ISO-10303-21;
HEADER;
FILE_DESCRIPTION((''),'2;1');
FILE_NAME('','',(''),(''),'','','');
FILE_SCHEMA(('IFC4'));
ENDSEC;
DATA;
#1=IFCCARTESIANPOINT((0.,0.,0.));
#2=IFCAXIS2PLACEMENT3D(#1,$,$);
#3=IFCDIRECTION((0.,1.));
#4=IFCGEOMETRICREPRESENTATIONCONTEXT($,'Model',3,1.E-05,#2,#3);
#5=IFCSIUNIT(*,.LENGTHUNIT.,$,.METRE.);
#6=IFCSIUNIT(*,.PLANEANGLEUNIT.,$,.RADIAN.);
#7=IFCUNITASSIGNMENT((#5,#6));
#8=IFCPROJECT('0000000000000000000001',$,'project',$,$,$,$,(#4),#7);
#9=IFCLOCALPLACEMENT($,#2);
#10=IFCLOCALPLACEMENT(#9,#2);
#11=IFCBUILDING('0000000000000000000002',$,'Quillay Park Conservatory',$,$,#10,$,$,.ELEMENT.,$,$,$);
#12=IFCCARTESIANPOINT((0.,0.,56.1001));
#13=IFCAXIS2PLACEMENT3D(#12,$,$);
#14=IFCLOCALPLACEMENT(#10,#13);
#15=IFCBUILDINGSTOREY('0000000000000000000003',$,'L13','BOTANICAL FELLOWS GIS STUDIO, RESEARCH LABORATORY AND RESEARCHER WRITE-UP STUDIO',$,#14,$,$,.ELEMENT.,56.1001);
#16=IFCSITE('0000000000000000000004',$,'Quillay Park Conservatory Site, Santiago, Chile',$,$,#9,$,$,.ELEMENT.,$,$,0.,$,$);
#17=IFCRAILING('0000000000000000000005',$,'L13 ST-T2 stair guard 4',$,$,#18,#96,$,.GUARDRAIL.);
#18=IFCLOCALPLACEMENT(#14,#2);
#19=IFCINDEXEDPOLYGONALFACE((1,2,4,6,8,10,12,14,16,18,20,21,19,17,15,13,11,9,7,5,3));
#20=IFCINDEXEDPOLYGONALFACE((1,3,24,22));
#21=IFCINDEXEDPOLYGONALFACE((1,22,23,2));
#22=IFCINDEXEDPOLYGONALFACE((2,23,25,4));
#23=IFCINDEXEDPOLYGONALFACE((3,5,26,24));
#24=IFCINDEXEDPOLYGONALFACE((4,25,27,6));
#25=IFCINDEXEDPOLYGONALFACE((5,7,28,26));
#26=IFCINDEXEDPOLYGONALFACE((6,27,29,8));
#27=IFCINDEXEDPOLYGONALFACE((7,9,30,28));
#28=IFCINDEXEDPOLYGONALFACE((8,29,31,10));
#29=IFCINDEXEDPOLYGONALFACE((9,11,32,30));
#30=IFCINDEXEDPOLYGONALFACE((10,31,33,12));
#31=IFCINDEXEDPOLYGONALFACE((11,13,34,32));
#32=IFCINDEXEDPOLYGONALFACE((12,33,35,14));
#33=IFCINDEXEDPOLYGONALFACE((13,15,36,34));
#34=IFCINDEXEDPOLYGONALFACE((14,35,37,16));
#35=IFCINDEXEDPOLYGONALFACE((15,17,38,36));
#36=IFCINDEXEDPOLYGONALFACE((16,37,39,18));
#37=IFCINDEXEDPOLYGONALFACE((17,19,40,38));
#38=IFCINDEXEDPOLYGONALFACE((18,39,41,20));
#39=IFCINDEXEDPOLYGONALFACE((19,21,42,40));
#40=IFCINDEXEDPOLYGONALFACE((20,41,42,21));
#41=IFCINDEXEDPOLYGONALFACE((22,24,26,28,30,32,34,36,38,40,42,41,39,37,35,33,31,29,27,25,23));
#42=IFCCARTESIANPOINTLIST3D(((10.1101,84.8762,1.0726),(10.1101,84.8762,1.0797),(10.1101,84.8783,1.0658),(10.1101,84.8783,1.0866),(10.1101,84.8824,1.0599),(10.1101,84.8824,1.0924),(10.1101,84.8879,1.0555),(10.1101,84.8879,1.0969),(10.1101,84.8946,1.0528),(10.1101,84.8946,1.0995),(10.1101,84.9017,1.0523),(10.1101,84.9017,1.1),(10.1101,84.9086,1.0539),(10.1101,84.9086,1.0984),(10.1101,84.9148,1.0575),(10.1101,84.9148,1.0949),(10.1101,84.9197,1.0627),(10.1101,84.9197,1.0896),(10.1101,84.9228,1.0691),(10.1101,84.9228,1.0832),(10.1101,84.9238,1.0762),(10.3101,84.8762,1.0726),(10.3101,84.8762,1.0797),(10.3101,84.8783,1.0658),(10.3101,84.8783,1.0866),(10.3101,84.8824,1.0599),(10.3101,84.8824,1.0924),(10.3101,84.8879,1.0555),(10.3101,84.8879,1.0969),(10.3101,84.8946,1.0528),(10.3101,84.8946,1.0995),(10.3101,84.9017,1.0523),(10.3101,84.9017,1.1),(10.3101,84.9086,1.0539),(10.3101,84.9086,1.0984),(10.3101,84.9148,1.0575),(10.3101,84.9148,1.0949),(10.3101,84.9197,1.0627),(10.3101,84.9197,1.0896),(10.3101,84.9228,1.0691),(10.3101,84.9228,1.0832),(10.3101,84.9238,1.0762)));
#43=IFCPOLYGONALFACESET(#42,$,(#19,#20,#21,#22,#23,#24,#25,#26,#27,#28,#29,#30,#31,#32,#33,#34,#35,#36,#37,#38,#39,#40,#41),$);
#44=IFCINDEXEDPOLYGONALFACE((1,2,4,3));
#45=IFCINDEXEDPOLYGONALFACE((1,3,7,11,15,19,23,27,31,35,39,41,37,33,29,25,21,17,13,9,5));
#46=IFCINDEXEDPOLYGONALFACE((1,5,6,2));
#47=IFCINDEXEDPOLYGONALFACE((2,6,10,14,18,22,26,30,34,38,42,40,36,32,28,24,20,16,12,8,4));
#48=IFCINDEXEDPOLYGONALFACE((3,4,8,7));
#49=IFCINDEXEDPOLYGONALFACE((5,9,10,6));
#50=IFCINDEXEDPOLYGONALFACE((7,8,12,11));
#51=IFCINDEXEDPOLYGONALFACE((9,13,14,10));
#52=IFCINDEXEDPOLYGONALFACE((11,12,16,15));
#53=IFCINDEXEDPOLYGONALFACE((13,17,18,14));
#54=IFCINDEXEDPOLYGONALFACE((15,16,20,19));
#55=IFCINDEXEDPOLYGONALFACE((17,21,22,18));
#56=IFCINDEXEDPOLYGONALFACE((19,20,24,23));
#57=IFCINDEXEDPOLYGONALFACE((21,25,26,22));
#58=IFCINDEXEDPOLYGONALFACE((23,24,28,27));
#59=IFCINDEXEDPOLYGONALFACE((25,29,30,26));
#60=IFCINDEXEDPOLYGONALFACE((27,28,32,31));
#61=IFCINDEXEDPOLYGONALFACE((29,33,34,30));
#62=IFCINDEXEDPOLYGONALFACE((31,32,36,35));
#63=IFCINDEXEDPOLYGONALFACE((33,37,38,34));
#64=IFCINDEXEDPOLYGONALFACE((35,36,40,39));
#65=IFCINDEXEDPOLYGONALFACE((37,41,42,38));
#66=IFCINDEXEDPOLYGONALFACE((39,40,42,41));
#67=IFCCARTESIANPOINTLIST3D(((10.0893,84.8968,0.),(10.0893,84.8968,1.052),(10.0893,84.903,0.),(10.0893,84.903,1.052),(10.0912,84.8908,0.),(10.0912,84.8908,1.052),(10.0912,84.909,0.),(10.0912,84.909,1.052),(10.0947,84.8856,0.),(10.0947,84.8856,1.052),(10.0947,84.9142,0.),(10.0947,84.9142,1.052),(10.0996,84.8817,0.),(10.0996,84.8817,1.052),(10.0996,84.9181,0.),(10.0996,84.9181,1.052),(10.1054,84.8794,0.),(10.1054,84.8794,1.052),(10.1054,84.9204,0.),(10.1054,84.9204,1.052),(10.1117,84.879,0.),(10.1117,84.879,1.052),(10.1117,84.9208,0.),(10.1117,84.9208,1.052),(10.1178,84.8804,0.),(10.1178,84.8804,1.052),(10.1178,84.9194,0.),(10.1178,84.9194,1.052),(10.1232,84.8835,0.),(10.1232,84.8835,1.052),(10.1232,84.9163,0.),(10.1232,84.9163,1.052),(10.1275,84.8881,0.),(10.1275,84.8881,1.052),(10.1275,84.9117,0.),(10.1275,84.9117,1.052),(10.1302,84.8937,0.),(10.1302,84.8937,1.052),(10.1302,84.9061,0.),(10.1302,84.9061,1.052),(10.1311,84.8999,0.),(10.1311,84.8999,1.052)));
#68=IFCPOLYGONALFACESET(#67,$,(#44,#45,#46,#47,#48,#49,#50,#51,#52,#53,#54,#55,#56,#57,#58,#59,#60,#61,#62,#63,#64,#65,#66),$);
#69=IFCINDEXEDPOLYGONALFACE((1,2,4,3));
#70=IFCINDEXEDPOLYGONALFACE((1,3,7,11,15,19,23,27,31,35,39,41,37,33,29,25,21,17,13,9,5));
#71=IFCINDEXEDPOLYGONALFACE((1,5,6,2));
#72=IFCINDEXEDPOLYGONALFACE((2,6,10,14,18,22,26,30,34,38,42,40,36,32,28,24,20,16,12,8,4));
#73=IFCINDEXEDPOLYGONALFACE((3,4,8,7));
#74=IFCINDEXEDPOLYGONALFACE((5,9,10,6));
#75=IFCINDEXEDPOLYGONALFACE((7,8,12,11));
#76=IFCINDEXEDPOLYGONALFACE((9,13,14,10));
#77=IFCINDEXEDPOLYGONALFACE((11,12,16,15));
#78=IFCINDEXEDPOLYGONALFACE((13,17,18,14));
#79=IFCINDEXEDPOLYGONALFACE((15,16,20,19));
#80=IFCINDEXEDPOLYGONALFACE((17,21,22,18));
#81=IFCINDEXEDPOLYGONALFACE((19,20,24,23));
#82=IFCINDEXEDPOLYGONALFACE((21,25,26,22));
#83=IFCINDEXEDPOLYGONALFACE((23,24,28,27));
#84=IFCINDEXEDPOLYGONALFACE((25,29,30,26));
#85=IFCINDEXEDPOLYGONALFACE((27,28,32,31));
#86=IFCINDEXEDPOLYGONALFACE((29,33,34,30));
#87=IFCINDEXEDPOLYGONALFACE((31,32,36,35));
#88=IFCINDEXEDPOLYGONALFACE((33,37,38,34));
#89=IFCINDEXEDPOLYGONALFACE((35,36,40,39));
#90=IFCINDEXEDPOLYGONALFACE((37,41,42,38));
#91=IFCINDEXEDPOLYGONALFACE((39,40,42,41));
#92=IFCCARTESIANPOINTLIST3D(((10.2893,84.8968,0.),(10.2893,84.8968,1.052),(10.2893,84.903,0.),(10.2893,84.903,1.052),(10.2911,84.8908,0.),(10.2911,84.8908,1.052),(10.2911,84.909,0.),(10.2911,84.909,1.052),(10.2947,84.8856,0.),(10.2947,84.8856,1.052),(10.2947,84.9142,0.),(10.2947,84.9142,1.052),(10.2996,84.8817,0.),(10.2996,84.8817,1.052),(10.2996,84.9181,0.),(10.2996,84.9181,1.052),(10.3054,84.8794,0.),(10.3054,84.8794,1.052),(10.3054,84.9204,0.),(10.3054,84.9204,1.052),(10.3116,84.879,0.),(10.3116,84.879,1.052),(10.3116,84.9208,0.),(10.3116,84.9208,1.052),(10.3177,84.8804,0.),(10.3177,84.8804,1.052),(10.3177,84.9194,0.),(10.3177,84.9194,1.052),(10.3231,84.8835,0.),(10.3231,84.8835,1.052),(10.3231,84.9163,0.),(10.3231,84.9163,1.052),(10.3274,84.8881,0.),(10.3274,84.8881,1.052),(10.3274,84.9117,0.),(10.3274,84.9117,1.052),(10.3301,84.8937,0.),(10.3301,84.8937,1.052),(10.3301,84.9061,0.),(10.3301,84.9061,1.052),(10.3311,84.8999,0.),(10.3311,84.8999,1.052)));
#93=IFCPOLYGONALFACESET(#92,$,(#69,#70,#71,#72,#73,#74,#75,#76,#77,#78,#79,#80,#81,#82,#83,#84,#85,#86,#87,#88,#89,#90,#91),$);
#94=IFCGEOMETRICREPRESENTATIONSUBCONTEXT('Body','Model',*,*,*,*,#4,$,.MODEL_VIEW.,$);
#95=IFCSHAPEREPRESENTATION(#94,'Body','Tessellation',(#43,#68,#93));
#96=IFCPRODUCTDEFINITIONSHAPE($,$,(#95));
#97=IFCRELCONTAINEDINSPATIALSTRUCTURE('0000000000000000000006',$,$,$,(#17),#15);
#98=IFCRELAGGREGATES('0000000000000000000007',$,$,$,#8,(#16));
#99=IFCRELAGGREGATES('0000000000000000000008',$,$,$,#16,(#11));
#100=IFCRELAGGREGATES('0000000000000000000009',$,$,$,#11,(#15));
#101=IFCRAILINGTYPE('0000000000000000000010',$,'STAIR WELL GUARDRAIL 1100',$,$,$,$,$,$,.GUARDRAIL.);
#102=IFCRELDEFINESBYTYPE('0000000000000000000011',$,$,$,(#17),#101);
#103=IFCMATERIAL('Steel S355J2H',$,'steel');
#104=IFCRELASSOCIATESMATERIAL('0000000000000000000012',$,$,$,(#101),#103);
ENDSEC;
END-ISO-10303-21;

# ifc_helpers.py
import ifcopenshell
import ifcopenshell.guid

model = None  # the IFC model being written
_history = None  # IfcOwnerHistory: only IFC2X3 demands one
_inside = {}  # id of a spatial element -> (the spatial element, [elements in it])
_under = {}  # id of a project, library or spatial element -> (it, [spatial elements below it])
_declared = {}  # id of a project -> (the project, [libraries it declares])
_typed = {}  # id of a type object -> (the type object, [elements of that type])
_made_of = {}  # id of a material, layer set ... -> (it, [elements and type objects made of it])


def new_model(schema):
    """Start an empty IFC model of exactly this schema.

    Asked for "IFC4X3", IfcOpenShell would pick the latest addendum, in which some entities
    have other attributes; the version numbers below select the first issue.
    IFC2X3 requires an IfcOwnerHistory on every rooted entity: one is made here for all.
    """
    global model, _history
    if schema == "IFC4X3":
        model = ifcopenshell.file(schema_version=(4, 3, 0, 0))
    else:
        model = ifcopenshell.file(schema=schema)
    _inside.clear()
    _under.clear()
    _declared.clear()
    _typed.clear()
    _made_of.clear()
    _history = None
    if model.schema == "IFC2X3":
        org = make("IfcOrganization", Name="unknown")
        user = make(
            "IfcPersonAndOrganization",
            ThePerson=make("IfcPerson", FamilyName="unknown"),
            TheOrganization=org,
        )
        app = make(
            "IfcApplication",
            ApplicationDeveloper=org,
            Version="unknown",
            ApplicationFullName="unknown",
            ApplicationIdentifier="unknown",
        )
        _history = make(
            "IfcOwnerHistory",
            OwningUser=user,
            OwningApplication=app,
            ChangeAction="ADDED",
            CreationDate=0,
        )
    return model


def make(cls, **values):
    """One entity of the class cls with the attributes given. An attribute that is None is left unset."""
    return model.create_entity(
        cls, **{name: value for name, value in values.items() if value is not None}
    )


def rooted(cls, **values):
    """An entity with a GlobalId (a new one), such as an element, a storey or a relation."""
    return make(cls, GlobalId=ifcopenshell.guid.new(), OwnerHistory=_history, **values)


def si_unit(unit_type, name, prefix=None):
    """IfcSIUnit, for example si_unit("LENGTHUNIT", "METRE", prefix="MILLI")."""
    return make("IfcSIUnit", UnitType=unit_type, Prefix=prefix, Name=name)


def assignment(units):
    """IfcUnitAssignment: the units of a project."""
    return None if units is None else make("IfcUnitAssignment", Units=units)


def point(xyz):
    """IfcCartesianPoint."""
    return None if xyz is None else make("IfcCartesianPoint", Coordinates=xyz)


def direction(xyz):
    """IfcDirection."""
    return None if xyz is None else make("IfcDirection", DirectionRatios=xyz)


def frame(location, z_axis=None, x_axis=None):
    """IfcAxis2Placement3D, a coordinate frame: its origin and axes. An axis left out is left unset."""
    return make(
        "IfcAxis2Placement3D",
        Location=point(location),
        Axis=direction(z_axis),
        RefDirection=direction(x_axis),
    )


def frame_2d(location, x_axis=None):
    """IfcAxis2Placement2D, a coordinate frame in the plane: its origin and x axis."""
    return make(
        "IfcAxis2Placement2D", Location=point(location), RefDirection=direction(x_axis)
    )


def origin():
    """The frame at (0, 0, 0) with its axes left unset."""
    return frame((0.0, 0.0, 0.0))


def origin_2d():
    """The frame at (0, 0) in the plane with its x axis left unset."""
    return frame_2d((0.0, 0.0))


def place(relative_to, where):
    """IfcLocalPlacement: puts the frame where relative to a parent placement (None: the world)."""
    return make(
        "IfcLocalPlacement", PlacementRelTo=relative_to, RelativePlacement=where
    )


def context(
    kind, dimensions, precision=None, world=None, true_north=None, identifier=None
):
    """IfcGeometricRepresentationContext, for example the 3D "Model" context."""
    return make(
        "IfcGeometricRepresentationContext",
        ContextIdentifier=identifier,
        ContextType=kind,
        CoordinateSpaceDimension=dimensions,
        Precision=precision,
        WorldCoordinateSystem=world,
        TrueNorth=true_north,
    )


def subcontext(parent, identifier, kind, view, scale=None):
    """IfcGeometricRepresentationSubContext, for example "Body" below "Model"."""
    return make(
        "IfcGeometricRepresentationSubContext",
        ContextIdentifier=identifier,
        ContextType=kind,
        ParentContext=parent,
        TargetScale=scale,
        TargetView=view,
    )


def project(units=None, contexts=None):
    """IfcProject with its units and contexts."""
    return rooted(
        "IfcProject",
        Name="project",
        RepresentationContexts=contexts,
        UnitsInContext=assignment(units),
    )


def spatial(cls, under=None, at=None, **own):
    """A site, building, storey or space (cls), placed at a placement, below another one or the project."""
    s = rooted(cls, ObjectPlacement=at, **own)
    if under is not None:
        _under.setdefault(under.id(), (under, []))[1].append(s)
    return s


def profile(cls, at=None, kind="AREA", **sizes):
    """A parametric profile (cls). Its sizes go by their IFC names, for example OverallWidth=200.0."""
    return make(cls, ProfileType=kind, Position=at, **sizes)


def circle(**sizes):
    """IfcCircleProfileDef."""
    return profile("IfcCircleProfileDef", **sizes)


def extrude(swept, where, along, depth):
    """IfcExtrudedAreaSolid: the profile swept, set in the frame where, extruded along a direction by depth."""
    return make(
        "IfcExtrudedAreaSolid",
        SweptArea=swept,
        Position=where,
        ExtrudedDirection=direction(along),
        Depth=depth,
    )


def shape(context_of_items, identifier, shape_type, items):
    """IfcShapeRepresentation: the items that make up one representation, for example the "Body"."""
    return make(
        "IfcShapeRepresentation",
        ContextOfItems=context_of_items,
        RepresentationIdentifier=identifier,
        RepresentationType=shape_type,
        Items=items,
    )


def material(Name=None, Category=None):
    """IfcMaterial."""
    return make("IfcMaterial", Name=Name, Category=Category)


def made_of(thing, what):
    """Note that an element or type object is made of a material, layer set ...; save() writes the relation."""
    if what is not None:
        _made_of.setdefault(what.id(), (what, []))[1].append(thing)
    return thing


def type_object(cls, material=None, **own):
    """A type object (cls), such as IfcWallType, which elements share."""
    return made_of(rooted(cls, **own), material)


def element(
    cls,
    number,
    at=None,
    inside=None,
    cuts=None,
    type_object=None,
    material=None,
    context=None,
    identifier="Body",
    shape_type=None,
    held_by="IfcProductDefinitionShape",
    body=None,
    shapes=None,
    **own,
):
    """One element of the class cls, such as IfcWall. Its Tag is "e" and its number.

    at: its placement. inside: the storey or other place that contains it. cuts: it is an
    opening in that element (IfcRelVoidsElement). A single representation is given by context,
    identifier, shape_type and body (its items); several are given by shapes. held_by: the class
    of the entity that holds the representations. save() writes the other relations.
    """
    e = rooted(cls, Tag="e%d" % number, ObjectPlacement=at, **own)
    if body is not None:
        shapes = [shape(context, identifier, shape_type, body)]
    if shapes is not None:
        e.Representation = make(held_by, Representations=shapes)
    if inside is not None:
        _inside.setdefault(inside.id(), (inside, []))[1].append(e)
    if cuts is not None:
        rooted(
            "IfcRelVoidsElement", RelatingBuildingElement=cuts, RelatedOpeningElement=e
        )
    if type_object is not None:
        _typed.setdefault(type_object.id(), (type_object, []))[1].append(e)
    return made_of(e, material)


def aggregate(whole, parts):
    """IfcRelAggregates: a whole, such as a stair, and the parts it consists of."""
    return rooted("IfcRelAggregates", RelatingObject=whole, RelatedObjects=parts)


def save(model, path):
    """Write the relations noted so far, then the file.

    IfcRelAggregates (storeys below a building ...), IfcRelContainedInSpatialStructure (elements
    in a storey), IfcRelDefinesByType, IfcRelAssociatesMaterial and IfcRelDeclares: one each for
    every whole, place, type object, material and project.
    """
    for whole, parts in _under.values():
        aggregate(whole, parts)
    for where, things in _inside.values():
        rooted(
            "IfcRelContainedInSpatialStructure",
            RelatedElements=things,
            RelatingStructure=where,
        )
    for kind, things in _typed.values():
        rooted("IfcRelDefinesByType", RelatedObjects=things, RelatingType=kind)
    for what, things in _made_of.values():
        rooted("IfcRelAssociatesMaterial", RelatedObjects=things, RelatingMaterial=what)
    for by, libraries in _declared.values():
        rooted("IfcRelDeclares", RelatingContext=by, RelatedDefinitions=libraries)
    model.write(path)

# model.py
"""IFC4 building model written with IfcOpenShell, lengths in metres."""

from ifc_helpers import new_model, si_unit, direction, frame, origin, origin_2d, place, context, subcontext, project, spatial, circle, extrude, material, type_object, element, save


model = new_model("IFC4")

# Units and contexts
model_context = context("Model", 3, precision=1e-05, world=origin(), true_north=direction((0.0, 1.0)))
body_context = subcontext(model_context, "Body", "Model", "MODEL_VIEW")
ifc_project = project(units=[si_unit("LENGTHUNIT", "METRE"), si_unit("PLANEANGLEUNIT", "RADIAN")], contexts=[model_context])

# Site, building, storey
site_placement = place(None, origin())
site = spatial("IfcSite", under=ifc_project, at=site_placement, Name="Quillay Park Conservatory Site, Santiago, Chile", CompositionType="ELEMENT", RefElevation=0.0)
building_placement = place(site_placement, origin())
building = spatial("IfcBuilding", under=site, at=building_placement, Name="Quillay Park Conservatory", CompositionType="ELEMENT")
storey_placement = place(building_placement, frame((0.0, 0.0, 56.1001)))
storey = spatial("IfcBuildingStorey", under=building, at=storey_placement, Name="L13", Description="BOTANICAL FELLOWS GIS STUDIO, RESEARCH LABORATORY AND RESEARCHER WRITE-UP STUDIO", CompositionType="ELEMENT", Elevation=56.1001)

# Railing
ifc_material_1 = material(Name="Steel S355J2H", Category="steel")
railing_type_1 = type_object("IfcRailingType", Name="STAIR WELL GUARDRAIL 1100", PredefinedType="GUARDRAIL", material=ifc_material_1)
railing_1_placement = place(storey_placement, frame((10.1101, 84.8999, 0.0)))
element("IfcRailing", 1, at=railing_1_placement, inside=storey, type_object=railing_type_1, Name="L13 ST-T2 stair guard 4", PredefinedType="GUARDRAIL", context=body_context, shape_type="SweptSolid", body=[
    extrude(circle(Radius=0.0239, at=origin_2d()), frame((0.0, 0.0, 1.0762), z_axis=(1.0, 0.0, 0.0), x_axis=(0.0, 1.0, 0.0)), (0.0, 0.0, 1.0), 0.2),
    extrude(circle(Radius=0.021, at=origin_2d()), origin(), (0.0, 0.0, 1.0), 1.052),
    extrude(circle(Radius=0.021, at=origin_2d()), frame((0.2, 0.0, 0.0)), (0.0, 0.0, 1.0), 1.052),
])

save(model, "model.ifc")
